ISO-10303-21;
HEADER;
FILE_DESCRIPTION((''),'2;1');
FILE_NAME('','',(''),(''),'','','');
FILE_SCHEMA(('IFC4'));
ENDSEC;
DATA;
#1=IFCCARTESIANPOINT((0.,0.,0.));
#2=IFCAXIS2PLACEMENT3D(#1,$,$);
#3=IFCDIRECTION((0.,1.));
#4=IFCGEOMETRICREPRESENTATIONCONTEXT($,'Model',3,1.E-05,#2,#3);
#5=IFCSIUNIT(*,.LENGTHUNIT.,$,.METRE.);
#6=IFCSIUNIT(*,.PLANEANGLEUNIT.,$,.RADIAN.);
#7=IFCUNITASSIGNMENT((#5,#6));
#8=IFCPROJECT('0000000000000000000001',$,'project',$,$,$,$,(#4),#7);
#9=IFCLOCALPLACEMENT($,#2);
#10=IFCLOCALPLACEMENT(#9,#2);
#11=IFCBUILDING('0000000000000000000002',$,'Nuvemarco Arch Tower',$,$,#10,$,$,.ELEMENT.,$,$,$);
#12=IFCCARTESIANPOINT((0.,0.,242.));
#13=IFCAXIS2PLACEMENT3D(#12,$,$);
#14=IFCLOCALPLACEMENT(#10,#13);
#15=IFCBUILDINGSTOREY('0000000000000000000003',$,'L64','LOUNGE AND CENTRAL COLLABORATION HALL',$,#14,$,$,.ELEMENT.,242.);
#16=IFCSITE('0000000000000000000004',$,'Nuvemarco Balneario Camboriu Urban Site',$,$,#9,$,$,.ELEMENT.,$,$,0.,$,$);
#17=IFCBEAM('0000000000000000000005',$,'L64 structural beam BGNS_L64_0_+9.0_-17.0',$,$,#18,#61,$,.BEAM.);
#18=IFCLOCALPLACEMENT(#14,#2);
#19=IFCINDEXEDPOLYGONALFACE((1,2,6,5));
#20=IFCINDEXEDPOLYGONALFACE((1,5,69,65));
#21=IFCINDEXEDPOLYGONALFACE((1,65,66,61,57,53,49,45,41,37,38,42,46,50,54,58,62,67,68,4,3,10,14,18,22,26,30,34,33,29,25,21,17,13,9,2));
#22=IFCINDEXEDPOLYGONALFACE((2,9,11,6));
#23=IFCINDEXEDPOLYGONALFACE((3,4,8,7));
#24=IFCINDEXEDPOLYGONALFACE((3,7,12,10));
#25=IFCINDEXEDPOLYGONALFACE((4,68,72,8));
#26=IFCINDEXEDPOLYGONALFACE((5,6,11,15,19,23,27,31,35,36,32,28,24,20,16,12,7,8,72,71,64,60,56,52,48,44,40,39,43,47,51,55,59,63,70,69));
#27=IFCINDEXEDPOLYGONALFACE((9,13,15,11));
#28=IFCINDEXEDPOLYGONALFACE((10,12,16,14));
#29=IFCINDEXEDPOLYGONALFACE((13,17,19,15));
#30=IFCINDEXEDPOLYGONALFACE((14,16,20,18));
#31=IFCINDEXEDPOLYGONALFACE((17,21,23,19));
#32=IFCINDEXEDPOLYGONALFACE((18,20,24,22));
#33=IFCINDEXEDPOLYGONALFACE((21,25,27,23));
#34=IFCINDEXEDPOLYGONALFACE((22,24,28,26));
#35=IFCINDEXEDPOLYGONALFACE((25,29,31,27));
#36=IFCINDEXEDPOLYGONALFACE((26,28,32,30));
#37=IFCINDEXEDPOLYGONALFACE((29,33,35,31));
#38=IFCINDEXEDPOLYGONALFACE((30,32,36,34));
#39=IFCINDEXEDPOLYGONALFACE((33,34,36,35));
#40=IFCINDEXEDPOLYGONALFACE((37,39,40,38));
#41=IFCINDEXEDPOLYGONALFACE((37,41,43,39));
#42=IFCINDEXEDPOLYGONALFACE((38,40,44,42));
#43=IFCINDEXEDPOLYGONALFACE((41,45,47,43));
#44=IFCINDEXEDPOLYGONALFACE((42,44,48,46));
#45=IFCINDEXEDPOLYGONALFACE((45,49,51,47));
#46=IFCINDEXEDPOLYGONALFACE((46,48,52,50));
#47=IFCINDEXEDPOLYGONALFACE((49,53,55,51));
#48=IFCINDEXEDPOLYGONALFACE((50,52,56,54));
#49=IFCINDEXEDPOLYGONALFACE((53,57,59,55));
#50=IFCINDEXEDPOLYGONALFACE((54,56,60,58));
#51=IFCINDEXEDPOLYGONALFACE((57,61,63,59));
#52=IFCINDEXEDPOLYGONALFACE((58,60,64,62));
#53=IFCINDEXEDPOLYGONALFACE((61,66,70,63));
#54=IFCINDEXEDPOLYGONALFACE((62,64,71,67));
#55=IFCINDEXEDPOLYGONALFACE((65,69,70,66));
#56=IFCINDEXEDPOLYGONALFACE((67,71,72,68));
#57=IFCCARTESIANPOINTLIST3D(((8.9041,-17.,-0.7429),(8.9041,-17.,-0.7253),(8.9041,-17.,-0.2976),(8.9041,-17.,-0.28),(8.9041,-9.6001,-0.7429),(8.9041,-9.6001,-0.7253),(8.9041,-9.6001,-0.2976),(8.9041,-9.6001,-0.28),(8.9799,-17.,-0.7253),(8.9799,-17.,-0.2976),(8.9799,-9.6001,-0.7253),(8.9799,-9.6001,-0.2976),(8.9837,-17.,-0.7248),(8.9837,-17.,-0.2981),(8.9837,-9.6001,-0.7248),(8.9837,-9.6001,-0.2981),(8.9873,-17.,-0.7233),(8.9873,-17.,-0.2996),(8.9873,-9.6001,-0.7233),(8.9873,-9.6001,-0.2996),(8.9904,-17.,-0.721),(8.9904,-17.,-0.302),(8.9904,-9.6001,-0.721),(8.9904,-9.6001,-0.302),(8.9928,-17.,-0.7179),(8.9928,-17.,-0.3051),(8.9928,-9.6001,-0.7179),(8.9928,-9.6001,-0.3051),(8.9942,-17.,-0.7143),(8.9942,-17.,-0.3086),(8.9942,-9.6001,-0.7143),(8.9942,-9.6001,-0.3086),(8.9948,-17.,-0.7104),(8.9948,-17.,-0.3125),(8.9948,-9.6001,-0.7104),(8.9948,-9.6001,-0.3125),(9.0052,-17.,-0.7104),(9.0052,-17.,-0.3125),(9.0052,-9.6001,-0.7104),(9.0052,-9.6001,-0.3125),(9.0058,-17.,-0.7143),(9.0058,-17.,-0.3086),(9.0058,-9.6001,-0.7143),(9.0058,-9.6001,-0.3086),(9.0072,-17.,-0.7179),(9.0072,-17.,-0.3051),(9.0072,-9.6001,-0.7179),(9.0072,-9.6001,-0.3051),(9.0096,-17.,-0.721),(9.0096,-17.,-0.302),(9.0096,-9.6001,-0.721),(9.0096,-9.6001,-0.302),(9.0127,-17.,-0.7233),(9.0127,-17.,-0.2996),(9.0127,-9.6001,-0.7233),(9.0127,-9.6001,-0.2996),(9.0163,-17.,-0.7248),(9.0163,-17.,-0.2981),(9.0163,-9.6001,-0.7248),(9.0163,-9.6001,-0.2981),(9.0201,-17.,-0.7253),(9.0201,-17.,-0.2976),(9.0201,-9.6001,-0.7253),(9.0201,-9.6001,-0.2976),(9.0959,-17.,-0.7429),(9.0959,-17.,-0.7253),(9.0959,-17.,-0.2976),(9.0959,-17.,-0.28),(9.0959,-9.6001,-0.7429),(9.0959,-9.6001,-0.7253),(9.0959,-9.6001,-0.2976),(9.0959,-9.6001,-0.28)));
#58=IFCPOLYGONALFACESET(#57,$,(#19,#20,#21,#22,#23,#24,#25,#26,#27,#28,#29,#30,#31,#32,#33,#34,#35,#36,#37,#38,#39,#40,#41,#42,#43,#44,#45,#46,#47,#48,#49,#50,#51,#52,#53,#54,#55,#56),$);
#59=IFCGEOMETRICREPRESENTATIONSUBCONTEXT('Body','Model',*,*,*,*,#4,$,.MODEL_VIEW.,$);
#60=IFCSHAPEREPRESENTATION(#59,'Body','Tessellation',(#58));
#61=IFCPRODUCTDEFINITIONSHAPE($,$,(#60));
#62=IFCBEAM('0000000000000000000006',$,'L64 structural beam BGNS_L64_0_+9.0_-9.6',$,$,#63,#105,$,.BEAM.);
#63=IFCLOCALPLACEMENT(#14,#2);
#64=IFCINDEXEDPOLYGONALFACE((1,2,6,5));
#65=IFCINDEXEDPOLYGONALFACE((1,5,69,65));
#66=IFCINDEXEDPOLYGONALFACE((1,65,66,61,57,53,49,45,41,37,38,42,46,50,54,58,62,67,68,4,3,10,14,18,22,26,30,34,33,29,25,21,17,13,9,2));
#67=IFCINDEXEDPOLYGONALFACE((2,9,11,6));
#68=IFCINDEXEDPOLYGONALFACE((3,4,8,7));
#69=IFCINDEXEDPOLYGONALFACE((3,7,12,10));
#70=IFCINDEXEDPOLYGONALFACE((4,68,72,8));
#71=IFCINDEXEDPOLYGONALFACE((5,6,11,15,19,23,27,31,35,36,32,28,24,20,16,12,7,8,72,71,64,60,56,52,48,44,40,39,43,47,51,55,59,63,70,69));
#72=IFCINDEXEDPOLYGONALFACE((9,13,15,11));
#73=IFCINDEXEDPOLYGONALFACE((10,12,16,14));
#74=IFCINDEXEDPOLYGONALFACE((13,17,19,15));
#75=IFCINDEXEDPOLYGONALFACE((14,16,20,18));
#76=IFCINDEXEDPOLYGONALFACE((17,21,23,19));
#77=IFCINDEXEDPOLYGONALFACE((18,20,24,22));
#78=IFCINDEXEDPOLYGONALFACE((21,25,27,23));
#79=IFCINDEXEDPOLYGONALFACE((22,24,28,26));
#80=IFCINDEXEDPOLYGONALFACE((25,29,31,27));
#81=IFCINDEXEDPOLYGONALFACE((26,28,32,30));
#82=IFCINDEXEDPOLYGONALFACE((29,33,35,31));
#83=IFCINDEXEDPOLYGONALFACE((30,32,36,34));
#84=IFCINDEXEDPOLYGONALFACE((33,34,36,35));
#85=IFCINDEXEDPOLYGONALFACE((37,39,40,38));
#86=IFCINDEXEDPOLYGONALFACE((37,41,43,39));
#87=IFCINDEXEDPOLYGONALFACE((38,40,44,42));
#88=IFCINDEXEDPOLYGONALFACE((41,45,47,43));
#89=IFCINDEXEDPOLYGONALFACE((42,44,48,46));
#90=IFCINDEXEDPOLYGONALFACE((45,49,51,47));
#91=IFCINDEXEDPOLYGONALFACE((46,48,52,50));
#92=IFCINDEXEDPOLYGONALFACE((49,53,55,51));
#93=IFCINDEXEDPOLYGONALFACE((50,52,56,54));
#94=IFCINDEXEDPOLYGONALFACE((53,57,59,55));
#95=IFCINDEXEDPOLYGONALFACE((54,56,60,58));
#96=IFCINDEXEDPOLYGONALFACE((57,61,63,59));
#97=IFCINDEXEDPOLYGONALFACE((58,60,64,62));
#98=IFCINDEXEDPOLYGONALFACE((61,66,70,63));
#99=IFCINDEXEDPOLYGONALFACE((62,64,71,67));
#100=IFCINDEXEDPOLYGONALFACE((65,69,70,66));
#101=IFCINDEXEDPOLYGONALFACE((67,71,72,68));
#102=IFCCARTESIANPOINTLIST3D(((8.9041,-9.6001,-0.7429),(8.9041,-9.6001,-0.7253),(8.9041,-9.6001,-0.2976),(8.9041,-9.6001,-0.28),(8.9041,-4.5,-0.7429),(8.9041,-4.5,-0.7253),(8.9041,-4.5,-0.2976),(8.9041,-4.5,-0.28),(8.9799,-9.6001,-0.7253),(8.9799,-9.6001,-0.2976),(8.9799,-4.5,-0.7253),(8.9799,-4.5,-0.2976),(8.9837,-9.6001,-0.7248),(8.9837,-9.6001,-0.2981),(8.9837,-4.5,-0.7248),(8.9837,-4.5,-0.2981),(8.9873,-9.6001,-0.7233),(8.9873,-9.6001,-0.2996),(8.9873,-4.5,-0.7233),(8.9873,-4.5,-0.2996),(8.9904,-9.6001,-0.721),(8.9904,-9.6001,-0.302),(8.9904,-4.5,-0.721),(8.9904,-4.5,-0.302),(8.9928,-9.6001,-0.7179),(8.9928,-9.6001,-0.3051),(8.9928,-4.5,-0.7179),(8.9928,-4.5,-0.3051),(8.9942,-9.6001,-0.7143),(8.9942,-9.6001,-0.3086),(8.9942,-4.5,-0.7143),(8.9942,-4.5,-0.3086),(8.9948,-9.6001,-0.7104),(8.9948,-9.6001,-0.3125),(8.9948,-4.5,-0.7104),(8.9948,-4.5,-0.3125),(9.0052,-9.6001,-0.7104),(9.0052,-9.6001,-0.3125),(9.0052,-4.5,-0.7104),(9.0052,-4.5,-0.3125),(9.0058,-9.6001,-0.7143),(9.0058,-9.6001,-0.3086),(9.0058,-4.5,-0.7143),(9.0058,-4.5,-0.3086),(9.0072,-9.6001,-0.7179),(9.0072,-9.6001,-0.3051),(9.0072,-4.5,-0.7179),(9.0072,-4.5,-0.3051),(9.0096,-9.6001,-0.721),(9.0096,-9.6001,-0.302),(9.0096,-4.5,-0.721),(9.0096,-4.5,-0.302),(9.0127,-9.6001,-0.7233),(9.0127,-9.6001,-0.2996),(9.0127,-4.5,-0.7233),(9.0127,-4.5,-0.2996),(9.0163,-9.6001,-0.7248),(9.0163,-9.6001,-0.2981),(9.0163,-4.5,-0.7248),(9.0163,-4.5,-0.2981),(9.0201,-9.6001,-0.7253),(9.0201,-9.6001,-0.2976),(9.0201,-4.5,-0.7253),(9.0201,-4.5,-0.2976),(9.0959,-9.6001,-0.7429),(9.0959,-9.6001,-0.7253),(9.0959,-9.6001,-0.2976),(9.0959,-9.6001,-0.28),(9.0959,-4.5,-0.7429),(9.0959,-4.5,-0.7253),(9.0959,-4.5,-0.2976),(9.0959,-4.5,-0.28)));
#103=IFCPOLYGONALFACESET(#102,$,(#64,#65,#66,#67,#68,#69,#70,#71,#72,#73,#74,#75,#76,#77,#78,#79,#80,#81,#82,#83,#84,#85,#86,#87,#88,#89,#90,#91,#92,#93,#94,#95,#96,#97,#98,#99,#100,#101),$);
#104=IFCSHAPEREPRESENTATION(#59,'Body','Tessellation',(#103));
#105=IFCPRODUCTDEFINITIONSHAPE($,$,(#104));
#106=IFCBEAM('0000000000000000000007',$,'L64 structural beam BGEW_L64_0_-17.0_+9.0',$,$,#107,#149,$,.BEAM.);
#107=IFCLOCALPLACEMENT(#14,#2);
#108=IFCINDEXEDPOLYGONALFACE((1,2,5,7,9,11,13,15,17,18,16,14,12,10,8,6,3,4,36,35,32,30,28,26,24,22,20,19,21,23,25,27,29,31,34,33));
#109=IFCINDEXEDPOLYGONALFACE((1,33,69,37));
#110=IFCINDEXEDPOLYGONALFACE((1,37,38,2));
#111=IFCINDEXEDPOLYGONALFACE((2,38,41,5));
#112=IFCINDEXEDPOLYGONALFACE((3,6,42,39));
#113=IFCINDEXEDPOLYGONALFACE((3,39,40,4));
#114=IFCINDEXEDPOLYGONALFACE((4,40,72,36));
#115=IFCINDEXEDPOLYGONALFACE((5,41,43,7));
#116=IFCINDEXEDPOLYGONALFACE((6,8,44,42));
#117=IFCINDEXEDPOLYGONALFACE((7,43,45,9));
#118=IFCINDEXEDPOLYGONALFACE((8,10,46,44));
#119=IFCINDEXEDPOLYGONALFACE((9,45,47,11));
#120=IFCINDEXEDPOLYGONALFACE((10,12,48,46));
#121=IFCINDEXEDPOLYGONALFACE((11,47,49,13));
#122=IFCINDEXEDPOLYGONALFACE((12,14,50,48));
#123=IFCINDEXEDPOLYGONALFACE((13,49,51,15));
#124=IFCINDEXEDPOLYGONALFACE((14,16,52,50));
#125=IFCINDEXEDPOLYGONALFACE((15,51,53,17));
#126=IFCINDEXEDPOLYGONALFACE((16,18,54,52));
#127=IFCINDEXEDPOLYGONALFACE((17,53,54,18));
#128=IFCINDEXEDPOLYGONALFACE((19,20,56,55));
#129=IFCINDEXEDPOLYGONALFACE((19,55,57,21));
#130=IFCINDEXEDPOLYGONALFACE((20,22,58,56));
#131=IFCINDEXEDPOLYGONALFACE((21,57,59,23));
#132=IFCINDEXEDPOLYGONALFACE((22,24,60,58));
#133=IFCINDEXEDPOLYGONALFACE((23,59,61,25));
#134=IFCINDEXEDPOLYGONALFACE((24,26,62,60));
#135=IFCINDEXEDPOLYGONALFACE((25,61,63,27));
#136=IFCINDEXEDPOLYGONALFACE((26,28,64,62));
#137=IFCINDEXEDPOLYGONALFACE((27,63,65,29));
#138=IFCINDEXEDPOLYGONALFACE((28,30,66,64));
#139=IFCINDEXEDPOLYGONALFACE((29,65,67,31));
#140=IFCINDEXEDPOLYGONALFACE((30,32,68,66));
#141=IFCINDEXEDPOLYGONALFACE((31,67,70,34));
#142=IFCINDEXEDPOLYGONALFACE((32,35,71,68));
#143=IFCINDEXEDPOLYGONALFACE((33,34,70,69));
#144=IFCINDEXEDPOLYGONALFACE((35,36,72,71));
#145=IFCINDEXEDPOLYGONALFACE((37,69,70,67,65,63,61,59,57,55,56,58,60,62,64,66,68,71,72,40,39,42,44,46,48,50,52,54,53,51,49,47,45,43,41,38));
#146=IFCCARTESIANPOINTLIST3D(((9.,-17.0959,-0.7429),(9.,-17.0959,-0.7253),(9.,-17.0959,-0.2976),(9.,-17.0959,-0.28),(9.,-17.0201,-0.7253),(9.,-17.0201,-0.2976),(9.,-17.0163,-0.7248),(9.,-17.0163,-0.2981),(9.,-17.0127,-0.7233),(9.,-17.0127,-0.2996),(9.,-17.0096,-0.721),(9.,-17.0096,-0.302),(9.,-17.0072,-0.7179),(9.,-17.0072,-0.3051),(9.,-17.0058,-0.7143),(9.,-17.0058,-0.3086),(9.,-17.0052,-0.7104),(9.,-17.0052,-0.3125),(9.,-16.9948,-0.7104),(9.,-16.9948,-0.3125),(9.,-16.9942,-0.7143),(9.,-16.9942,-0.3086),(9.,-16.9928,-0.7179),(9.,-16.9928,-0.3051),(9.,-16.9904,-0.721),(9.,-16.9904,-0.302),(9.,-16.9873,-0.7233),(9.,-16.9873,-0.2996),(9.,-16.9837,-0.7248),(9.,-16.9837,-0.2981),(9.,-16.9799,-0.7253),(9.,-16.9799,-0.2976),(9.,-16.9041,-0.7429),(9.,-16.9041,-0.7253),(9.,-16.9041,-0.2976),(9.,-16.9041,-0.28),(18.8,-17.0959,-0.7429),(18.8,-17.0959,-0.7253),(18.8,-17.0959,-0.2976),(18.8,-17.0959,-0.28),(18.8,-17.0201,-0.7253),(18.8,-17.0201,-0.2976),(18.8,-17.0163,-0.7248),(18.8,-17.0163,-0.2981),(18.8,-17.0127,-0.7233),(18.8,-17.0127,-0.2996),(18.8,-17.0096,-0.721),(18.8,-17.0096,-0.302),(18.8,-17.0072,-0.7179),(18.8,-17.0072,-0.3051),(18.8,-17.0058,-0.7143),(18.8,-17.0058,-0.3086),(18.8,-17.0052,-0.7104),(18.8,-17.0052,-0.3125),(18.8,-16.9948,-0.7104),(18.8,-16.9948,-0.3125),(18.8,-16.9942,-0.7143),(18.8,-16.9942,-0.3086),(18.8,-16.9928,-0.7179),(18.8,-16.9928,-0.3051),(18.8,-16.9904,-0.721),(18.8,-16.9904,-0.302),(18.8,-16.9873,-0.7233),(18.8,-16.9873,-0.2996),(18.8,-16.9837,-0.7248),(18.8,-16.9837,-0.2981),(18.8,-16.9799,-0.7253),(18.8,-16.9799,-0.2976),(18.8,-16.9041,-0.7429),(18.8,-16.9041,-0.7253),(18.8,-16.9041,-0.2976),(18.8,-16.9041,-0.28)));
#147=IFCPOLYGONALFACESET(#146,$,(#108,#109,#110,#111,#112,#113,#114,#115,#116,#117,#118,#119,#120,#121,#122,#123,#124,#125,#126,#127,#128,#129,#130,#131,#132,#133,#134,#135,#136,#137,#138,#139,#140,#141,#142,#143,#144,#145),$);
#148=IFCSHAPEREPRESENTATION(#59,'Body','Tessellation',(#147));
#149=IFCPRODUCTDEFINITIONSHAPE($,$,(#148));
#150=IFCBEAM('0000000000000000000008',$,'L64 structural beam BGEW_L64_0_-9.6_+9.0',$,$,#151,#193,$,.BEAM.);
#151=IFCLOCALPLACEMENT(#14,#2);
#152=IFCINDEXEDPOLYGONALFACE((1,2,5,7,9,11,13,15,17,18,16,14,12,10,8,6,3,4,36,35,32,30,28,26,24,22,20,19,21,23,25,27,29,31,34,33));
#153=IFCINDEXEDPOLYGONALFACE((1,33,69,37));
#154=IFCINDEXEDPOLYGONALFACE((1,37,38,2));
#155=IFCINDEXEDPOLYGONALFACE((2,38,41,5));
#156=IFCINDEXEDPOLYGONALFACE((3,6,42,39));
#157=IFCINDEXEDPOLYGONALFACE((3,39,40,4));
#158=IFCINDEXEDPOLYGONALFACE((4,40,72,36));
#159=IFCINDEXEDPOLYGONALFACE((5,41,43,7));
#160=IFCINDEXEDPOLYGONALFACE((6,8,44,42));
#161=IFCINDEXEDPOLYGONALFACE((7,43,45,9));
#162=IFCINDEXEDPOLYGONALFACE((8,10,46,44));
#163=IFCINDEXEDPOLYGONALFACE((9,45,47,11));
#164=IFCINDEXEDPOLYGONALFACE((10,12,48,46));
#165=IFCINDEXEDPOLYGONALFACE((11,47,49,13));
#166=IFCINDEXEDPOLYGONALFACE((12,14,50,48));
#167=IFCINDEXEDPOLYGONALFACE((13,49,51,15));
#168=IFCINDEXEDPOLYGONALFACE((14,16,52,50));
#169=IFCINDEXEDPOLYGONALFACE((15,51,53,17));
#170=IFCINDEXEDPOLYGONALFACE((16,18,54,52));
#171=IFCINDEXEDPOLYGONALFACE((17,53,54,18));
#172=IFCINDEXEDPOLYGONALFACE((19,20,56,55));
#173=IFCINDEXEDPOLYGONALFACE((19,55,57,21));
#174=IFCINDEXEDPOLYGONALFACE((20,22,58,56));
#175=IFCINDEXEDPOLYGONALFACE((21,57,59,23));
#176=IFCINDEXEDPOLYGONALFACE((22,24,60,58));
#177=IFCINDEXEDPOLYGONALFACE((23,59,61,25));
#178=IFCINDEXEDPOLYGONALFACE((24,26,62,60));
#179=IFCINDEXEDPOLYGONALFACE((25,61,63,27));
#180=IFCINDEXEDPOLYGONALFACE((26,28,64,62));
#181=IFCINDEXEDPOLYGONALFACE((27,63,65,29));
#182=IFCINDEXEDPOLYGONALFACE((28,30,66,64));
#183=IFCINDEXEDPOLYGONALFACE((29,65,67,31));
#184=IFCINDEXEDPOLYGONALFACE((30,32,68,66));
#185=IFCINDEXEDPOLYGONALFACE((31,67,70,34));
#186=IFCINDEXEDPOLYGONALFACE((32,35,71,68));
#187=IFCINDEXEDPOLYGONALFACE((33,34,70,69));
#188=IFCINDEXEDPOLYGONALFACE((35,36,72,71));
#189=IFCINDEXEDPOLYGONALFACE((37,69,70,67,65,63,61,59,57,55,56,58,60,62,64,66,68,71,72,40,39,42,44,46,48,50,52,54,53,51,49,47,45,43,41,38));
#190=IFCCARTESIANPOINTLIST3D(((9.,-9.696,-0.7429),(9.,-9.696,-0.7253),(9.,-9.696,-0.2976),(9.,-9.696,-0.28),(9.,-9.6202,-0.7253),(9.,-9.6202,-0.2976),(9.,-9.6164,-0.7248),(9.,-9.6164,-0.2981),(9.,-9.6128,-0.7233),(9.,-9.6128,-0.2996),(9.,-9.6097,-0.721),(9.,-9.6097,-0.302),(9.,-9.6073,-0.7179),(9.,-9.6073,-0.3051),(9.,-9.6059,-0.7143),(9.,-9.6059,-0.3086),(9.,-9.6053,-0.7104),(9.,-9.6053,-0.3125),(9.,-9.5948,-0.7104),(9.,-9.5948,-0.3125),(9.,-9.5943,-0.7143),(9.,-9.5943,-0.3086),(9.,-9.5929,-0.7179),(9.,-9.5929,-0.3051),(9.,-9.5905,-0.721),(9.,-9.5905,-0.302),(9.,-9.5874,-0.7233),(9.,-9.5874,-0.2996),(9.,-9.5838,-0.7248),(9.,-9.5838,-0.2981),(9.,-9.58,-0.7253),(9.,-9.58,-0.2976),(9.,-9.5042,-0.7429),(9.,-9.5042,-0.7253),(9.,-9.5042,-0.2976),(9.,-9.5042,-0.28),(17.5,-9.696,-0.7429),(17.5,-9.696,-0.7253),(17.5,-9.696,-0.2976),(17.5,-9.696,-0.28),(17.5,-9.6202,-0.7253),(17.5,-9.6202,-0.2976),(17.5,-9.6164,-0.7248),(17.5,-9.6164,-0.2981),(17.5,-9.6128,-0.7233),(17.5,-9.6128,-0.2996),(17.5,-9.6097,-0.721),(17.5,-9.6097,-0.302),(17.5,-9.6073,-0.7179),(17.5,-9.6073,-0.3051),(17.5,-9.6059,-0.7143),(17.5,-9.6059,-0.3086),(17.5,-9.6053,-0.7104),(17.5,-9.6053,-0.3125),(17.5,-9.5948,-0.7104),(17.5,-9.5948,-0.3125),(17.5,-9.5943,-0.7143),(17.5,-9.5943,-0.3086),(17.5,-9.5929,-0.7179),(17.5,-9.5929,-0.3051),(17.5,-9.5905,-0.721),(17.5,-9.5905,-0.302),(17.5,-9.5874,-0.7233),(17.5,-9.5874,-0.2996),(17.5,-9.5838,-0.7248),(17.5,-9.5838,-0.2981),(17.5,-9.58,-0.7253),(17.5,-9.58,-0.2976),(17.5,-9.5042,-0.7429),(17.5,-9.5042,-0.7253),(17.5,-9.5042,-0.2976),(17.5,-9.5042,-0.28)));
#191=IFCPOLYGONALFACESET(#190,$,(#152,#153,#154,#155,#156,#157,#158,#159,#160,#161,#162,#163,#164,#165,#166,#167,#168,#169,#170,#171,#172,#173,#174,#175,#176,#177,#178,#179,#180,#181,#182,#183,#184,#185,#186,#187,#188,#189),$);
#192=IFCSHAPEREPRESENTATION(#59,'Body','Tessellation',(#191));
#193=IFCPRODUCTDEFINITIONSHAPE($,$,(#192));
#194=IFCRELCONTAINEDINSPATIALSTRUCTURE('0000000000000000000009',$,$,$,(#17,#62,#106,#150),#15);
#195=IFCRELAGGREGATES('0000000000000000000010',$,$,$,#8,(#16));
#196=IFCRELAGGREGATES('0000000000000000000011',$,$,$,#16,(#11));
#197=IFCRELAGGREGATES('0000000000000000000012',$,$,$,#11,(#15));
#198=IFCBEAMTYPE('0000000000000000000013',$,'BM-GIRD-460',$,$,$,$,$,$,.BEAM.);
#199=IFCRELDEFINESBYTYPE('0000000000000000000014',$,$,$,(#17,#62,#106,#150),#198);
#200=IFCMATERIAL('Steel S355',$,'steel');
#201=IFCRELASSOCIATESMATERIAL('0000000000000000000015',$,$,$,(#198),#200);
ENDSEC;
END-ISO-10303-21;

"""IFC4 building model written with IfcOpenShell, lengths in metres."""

from ifc_helpers import new_model, si_unit, direction, frame, origin, origin_2d, place, context, subcontext, project, spatial, i_section, extrude, material, material_profile, profile_set, type_object, element, save


model = new_model("IFC4")

# Units and contexts
model_context = context("Model", 3, precision=1e-05, world=origin(), true_north=direction((0.0, 1.0)))
body_context = subcontext(model_context, "Body", "Model", "MODEL_VIEW")
ifc_project = project(units=[si_unit("LENGTHUNIT", "METRE"), si_unit("PLANEANGLEUNIT", "RADIAN")], contexts=[model_context])

# Site, building, storey
site_placement = place(None, origin())
site = spatial("IfcSite", under=ifc_project, at=site_placement, Name="Nuvemarco Balneario Camboriu Urban Site", CompositionType="ELEMENT", RefElevation=0.0)
building_placement = place(site_placement, origin())
building = spatial("IfcBuilding", under=site, at=building_placement, Name="Nuvemarco Arch Tower", CompositionType="ELEMENT")
storey_placement = place(building_placement, frame((0.0, 0.0, 242.0)))
storey = spatial("IfcBuildingStorey", under=building, at=storey_placement, Name="L64", Description="LOUNGE AND CENTRAL COLLABORATION HALL", CompositionType="ELEMENT", Elevation=242.0)

# Shared definitions
ifc_material_1 = material(Name="Steel S355", Category="steel")

# Beams
ifc_material_profile_1 = material_profile(ifc_material_1, i_section(OverallWidth=0.1919, OverallDepth=0.4629, WebThickness=0.0105, FlangeThickness=0.0176, FilletRadius=0.0149, at=origin_2d()), Name="W460x89")
ifc_profile_set_1 = profile_set([ifc_material_profile_1], Name="Steel S355")
beam_type_1 = type_object("IfcBeamType", Name="BM-GIRD-460", PredefinedType="BEAM", material=ifc_profile_set_1)
beam_1_placement = place(storey_placement, frame((9.0, -17.0, -0.5115), z_axis=(0.0, 1.0, 0.0), x_axis=(-1.0, 0.0, 0.0)))
element("IfcBeam", 1, at=beam_1_placement, inside=storey, type_object=beam_type_1, Name="L64 structural beam BGNS_L64_0_+9.0_-17.0", PredefinedType="BEAM", context=body_context, shape_type="SweptSolid", body=[
    extrude(i_section(OverallWidth=0.1919, OverallDepth=0.4629, WebThickness=0.0105, FlangeThickness=0.0176, FilletRadius=0.0149, at=origin_2d()), origin(), (0.0, 0.0, 1.0), 7.3999),
])
beam_2_placement = place(storey_placement, frame((9.0, -9.6001, -0.5115), z_axis=(0.0, 1.0, 0.0), x_axis=(-1.0, 0.0, 0.0)))
element("IfcBeam", 2, at=beam_2_placement, inside=storey, type_object=beam_type_1, Name="L64 structural beam BGNS_L64_0_+9.0_-9.6", PredefinedType="BEAM", context=body_context, shape_type="SweptSolid", body=[
    extrude(i_section(OverallWidth=0.1919, OverallDepth=0.4629, WebThickness=0.0105, FlangeThickness=0.0176, FilletRadius=0.0149, at=origin_2d()), origin(), (0.0, 0.0, 1.0), 5.1001),
])
beam_3_placement = place(storey_placement, frame((9.0, -17.0, -0.5115), z_axis=(1.0, 0.0, 0.0), x_axis=(0.0, 1.0, 0.0)))
element("IfcBeam", 3, at=beam_3_placement, inside=storey, type_object=beam_type_1, Name="L64 structural beam BGEW_L64_0_-17.0_+9.0", PredefinedType="BEAM", context=body_context, shape_type="SweptSolid", body=[
    extrude(i_section(OverallWidth=0.1919, OverallDepth=0.4629, WebThickness=0.0105, FlangeThickness=0.0176, FilletRadius=0.0149, at=origin_2d()), origin(), (0.0, 0.0, 1.0), 9.8),
])
beam_4_placement = place(storey_placement, frame((9.0, -9.6001, -0.5115), z_axis=(1.0, 0.0, 0.0), x_axis=(0.0, 1.0, 0.0)))
element("IfcBeam", 4, at=beam_4_placement, inside=storey, type_object=beam_type_1, Name="L64 structural beam BGEW_L64_0_-9.6_+9.0", PredefinedType="BEAM", context=body_context, shape_type="SweptSolid", body=[
    extrude(i_section(OverallWidth=0.1919, OverallDepth=0.4629, WebThickness=0.0105, FlangeThickness=0.0176, FilletRadius=0.0149, at=origin_2d()), origin(), (0.0, 0.0, 1.0), 8.5),
])

save(model, "model.ifc")
